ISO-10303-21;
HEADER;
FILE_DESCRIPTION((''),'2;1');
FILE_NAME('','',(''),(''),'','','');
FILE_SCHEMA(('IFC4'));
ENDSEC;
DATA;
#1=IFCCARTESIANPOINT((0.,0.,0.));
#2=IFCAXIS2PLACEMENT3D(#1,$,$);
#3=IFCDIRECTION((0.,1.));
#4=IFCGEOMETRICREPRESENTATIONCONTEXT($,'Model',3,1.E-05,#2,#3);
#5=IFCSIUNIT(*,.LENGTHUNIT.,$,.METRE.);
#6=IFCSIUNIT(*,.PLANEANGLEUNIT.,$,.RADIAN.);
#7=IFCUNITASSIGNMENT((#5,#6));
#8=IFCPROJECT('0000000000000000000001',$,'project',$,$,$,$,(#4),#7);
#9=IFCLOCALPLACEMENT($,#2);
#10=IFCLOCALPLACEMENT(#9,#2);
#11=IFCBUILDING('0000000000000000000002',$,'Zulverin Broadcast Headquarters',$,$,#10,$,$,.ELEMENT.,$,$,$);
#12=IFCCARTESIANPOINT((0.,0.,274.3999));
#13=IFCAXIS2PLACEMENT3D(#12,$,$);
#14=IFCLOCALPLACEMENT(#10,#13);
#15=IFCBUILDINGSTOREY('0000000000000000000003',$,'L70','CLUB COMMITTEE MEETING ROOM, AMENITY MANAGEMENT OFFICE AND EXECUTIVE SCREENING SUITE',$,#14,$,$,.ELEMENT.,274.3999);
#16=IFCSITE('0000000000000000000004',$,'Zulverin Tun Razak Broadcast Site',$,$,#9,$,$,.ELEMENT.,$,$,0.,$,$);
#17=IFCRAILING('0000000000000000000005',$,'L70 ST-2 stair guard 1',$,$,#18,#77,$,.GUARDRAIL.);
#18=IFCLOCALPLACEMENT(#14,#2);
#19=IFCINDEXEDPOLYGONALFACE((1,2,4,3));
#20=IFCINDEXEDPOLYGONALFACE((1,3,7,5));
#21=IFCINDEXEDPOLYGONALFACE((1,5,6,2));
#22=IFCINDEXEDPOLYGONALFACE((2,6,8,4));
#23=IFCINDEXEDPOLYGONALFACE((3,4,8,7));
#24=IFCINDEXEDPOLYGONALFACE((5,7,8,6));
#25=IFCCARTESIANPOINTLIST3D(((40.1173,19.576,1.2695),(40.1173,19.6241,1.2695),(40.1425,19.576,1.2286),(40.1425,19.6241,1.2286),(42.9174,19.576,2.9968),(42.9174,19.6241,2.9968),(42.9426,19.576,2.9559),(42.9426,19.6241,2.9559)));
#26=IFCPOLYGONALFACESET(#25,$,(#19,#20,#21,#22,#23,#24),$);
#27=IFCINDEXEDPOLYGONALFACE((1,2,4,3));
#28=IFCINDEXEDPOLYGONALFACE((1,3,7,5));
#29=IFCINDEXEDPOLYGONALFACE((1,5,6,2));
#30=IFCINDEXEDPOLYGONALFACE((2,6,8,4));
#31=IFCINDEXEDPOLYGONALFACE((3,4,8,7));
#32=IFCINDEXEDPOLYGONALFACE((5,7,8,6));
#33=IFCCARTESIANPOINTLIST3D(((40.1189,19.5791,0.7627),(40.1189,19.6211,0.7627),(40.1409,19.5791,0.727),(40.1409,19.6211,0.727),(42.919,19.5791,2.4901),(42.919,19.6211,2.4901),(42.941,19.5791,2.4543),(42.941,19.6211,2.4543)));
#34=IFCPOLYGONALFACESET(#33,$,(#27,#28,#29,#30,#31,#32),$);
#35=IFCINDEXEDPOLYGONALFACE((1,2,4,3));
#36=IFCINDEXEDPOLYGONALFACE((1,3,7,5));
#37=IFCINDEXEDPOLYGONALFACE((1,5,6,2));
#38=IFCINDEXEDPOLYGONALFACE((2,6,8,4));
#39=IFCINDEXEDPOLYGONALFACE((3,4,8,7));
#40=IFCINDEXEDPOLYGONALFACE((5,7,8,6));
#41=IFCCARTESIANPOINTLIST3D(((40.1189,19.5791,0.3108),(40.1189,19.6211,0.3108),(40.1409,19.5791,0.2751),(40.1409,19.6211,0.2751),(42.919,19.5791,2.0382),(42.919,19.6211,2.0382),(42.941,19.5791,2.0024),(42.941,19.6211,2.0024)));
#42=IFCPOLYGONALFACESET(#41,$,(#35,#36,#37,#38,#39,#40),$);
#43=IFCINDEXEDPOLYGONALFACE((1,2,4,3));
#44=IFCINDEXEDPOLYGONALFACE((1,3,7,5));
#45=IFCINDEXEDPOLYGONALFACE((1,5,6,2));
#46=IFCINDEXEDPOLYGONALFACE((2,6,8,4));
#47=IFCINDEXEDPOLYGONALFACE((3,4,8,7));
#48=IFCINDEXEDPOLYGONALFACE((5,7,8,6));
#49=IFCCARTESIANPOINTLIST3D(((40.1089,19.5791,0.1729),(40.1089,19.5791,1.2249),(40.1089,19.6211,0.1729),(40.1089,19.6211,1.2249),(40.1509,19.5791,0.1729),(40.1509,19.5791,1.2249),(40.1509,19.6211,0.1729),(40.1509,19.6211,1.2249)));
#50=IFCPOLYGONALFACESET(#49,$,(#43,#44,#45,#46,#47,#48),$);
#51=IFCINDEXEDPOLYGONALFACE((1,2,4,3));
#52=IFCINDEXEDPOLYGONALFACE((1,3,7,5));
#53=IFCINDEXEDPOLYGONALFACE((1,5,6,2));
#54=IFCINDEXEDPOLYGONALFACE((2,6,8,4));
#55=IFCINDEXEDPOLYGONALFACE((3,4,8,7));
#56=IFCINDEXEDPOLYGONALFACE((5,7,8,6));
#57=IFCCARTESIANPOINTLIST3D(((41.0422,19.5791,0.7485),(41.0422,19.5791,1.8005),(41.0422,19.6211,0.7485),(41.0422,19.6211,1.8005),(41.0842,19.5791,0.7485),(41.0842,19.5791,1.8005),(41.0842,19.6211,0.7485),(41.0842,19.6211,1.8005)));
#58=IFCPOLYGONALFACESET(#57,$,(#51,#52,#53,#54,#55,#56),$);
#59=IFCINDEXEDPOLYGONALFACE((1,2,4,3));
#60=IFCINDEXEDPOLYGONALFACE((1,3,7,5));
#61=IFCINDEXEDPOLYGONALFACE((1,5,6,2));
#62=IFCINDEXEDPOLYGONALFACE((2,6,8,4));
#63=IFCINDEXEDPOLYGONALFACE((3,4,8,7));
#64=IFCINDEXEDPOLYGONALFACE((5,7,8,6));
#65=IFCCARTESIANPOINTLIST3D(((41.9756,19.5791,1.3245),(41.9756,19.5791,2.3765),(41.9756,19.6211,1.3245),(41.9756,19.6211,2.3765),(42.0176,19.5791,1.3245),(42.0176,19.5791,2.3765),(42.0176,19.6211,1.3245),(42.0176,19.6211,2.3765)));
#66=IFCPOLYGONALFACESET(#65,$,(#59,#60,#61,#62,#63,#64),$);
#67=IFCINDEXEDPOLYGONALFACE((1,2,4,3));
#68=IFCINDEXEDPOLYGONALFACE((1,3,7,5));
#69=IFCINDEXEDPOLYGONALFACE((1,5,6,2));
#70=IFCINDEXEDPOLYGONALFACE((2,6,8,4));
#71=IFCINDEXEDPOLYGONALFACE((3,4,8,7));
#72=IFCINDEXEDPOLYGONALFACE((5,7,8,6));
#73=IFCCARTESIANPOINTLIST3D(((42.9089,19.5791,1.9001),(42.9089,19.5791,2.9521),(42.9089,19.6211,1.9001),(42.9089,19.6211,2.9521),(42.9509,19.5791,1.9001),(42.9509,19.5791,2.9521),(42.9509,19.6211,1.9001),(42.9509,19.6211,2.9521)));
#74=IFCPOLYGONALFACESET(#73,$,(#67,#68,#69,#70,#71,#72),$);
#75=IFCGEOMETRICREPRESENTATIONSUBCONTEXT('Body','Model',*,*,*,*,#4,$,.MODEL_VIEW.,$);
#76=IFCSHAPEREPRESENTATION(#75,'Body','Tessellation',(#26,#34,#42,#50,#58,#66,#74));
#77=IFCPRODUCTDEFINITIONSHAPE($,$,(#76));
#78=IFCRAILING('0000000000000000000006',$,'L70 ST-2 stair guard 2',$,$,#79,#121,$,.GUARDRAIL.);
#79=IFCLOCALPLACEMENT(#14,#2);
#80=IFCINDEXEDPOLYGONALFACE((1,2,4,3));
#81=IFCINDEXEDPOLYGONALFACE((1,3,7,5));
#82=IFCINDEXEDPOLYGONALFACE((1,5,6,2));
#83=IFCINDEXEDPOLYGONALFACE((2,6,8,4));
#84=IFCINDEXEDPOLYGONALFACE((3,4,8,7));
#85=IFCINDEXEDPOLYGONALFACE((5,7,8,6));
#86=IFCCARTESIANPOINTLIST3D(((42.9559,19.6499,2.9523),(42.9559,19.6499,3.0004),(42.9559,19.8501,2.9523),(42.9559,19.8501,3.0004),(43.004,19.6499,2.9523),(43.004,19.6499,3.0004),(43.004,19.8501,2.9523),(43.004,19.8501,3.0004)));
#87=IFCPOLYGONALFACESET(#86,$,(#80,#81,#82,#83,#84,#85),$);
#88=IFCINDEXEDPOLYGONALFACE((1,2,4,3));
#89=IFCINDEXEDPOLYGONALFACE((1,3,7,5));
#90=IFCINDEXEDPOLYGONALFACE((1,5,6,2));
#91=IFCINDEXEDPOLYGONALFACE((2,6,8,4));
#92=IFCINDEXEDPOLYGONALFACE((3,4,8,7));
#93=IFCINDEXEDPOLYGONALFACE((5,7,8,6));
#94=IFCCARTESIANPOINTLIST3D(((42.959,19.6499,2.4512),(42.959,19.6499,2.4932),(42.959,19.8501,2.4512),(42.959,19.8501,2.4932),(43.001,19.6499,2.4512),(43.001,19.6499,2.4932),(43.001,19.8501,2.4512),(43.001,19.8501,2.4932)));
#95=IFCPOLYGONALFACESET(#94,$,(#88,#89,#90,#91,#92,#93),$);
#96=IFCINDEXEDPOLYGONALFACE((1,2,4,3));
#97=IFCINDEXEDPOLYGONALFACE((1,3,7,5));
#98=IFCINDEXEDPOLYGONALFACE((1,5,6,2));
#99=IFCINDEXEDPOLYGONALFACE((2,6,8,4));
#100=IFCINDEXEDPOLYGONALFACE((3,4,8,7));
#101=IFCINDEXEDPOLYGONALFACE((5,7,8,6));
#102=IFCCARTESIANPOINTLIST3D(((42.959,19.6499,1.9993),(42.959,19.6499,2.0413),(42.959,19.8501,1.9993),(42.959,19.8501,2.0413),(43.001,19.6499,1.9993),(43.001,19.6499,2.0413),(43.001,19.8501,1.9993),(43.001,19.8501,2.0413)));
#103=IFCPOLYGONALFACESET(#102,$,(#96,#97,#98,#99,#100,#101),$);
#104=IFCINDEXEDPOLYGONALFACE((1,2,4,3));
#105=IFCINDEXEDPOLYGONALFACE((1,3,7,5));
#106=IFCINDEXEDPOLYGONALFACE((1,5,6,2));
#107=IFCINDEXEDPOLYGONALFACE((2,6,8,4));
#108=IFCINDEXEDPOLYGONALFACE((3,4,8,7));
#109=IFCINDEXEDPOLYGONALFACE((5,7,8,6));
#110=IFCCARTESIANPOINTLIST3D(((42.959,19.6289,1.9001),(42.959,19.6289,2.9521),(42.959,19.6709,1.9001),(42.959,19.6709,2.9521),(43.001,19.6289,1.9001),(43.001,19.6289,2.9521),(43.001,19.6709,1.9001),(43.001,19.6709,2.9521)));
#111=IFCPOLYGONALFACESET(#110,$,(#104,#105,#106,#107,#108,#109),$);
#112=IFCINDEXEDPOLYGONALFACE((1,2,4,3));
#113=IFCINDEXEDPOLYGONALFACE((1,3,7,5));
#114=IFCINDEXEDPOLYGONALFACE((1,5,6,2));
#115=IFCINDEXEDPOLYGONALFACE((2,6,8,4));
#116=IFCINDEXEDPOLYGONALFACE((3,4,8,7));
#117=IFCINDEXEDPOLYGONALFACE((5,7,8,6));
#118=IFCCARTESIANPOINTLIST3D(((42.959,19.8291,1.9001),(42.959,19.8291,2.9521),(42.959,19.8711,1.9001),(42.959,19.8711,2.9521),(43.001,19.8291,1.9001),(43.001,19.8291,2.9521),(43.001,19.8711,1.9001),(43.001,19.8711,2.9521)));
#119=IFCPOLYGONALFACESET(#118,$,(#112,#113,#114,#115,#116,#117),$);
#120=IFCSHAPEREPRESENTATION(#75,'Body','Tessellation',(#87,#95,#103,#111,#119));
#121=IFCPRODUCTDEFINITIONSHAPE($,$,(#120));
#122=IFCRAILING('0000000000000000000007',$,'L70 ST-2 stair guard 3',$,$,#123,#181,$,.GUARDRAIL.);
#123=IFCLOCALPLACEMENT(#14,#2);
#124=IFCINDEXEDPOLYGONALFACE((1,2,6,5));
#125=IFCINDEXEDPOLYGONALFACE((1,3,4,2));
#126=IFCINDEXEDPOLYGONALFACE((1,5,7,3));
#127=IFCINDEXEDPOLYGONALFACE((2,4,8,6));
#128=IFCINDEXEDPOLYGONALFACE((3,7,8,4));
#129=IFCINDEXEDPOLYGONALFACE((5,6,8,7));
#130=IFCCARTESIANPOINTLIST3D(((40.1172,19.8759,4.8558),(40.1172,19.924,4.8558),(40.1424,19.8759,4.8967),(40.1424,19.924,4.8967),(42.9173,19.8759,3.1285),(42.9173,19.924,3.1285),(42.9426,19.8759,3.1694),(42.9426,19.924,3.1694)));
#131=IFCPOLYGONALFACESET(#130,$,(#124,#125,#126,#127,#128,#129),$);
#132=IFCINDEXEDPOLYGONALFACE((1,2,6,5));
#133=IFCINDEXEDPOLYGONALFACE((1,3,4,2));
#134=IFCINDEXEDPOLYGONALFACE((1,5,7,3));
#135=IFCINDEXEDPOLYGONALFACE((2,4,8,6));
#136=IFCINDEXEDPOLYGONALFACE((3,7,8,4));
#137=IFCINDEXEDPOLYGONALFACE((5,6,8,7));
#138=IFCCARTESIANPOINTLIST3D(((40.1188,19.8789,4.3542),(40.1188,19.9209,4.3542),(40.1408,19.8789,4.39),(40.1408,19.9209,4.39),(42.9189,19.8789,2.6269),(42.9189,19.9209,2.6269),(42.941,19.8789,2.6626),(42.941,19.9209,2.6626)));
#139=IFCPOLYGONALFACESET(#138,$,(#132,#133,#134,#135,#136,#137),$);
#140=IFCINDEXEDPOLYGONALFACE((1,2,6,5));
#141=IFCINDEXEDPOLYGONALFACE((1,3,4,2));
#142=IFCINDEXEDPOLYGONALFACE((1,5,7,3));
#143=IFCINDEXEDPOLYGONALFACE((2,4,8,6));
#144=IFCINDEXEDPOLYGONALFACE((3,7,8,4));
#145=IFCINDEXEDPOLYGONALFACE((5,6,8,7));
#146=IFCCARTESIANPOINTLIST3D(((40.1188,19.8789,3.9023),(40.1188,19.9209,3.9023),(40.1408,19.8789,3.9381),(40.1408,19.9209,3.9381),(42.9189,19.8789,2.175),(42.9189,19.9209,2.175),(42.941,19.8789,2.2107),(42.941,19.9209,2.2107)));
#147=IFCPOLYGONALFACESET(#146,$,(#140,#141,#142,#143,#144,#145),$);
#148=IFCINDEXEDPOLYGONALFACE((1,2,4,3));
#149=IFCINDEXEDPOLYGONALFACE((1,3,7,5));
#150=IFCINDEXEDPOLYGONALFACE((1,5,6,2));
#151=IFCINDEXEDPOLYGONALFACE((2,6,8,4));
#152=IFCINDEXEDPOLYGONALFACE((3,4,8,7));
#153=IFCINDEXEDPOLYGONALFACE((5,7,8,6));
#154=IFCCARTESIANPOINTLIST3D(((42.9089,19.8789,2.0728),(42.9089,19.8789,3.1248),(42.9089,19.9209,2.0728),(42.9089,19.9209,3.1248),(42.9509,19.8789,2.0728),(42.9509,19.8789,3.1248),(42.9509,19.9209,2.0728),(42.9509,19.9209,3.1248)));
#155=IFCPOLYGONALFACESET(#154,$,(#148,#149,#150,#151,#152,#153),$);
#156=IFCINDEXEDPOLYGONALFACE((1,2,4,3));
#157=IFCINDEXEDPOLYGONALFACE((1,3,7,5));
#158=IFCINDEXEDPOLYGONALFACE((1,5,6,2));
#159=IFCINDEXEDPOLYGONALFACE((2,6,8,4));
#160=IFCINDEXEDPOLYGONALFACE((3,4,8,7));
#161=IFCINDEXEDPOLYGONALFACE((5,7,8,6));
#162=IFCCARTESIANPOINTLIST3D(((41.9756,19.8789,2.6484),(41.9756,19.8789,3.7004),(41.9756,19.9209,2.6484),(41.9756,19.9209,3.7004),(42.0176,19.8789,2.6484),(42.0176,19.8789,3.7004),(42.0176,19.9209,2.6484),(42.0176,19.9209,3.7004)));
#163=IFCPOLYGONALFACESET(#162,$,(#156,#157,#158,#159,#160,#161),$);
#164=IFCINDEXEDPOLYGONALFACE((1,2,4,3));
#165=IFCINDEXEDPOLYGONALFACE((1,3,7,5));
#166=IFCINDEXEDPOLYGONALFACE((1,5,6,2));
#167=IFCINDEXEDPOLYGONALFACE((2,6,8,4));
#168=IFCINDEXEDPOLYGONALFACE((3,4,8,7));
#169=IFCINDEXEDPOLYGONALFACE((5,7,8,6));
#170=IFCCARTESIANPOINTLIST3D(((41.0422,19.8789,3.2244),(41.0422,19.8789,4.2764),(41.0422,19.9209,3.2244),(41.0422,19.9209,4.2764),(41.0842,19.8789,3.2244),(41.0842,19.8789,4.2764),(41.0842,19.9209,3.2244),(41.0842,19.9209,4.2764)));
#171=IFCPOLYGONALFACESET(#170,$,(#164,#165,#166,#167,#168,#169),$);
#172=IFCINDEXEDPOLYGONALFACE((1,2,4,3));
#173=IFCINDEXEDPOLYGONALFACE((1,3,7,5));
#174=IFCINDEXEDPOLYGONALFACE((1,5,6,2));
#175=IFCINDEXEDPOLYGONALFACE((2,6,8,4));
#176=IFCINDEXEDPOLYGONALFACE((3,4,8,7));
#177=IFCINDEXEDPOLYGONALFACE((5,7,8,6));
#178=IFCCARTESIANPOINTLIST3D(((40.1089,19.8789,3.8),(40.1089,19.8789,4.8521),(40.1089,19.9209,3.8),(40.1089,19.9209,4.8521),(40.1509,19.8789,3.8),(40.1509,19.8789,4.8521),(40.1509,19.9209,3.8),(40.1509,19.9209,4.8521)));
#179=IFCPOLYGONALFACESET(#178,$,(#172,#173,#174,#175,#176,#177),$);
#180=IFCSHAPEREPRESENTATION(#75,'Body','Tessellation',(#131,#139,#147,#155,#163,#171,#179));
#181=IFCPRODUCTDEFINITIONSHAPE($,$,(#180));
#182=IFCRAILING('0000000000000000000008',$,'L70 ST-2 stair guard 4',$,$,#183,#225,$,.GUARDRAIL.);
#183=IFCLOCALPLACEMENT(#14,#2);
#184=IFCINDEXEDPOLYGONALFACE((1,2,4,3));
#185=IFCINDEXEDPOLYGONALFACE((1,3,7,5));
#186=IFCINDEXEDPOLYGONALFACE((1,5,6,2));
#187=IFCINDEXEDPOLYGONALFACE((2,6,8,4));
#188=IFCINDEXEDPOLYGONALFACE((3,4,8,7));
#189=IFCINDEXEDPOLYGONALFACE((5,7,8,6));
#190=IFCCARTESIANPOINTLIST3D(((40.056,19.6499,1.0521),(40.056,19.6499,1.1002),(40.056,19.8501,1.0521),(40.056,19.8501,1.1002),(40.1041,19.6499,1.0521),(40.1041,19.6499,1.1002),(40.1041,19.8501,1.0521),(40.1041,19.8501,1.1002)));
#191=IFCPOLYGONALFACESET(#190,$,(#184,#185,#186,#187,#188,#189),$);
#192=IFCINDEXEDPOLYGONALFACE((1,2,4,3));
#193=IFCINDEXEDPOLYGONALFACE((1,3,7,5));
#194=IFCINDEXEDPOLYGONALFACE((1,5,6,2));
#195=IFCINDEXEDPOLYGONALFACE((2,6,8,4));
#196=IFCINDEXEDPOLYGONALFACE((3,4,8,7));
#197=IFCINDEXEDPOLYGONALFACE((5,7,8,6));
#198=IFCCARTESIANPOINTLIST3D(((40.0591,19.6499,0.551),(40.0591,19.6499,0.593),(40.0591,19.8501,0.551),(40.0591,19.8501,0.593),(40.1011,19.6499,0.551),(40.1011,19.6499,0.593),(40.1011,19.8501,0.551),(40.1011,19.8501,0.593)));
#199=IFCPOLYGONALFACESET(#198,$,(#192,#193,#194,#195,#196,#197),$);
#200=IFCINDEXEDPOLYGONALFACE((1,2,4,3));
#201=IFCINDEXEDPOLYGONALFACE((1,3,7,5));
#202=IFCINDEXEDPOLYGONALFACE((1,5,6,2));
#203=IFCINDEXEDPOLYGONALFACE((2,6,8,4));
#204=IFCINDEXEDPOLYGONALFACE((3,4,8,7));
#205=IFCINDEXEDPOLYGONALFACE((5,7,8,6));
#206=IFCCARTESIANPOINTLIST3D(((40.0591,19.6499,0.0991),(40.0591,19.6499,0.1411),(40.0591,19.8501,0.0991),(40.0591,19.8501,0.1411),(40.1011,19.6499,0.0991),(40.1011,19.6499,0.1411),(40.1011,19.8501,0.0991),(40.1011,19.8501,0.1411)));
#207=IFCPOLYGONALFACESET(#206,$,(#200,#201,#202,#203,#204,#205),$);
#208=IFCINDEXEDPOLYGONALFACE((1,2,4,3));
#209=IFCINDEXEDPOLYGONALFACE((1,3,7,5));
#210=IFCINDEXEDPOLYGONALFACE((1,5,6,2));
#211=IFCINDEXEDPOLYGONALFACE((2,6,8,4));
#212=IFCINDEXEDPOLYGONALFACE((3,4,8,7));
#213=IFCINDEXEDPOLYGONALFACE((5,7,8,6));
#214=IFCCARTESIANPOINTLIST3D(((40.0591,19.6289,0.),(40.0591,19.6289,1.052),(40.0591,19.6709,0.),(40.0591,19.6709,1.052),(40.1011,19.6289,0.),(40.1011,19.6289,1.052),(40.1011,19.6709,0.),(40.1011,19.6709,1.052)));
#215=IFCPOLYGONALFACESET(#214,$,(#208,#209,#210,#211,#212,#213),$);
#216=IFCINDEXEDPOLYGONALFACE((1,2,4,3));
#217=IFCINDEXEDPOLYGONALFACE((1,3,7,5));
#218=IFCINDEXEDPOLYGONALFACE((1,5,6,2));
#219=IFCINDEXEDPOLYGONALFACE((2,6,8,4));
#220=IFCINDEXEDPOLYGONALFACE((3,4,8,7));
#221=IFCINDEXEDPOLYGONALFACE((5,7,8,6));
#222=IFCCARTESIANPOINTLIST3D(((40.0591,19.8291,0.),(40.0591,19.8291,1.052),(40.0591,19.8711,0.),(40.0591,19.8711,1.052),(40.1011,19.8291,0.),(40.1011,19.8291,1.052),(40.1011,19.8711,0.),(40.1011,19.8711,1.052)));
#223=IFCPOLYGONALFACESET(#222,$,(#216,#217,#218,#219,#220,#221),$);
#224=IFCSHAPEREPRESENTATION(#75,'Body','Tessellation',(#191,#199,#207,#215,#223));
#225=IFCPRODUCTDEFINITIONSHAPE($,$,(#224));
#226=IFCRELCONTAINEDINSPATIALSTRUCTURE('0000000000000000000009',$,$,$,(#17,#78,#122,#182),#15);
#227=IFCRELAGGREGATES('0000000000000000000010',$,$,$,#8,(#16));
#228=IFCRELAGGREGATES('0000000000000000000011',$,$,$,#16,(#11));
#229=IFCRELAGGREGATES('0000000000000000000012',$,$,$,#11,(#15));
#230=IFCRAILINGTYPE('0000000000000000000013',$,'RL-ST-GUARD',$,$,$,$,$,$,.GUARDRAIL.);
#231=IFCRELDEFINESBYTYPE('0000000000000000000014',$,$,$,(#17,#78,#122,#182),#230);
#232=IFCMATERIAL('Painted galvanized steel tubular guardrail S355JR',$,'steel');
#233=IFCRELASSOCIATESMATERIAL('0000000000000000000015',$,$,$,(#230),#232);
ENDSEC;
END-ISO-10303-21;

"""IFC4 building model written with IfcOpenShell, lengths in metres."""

from ifc_helpers import new_model, si_unit, direction, frame, origin, origin_2d, place, context, subcontext, project, spatial, rectangle, extrude, material, type_object, element, save


model = new_model("IFC4")

# Units and contexts
model_context = context("Model", 3, precision=1e-05, world=origin(), true_north=direction((0.0, 1.0)))
body_context = subcontext(model_context, "Body", "Model", "MODEL_VIEW")
ifc_project = project(units=[si_unit("LENGTHUNIT", "METRE"), si_unit("PLANEANGLEUNIT", "RADIAN")], contexts=[model_context])

# Site, building, storey
site_placement = place(None, origin())
site = spatial("IfcSite", under=ifc_project, at=site_placement, Name="Zulverin Tun Razak Broadcast Site", CompositionType="ELEMENT", RefElevation=0.0)
building_placement = place(site_placement, origin())
building = spatial("IfcBuilding", under=site, at=building_placement, Name="Zulverin Broadcast Headquarters", CompositionType="ELEMENT")
storey_placement = place(building_placement, frame((0.0, 0.0, 274.3999)))
storey = spatial("IfcBuildingStorey", under=building, at=storey_placement, Name="L70", Description="CLUB COMMITTEE MEETING ROOM, AMENITY MANAGEMENT OFFICE AND EXECUTIVE SCREENING SUITE", CompositionType="ELEMENT", Elevation=274.3999)

# Railings
ifc_material_1 = material(Name="Painted galvanized steel tubular guardrail S355JR", Category="steel")
railing_type_1 = type_object("IfcRailingType", Name="RL-ST-GUARD", PredefinedType="GUARDRAIL", material=ifc_material_1)
railing_1_placement = place(storey_placement, frame((40.1299, 19.6001, 0.1729)))
element("IfcRailing", 1, at=railing_1_placement, inside=storey, type_object=railing_type_1, Name="L70 ST-2 stair guard 1", PredefinedType="GUARDRAIL", context=body_context, shape_type="SweptSolid", body=[
    extrude(rectangle(XDim=0.0481, YDim=0.0481, at=origin_2d()), frame((0.0, 0.0, 1.0762), z_axis=(0.85109, 0.0, 0.52502), x_axis=(0.0, 1.0, 0.0)), (0.0, 0.0, 1.0), 3.29),
    extrude(rectangle(XDim=0.042, YDim=0.042, at=origin_2d()), frame((0.0, 0.0, 0.572), z_axis=(0.85109, 0.0, 0.52502), x_axis=(0.0, 1.0, 0.0)), (0.0, 0.0, 1.0), 3.29),
    extrude(rectangle(XDim=0.042, YDim=0.042, at=origin_2d()), frame((0.0, 0.0, 0.1201), z_axis=(0.85109, 0.0, 0.52502), x_axis=(0.0, 1.0, 0.0)), (0.0, 0.0, 1.0), 3.29),
    extrude(rectangle(XDim=0.042, YDim=0.042, at=origin_2d()), origin(), (0.0, 0.0, 1.0), 1.052),
    extrude(rectangle(XDim=0.042, YDim=0.042, at=origin_2d()), frame((0.9333, 0.0, 0.5757)), (0.0, 0.0, 1.0), 1.052),
    extrude(rectangle(XDim=0.042, YDim=0.042, at=origin_2d()), frame((1.8667, 0.0, 1.1516)), (0.0, 0.0, 1.0), 1.052),
    extrude(rectangle(XDim=0.042, YDim=0.042, at=origin_2d()), frame((2.8, 0.0, 1.7273)), (0.0, 0.0, 1.0), 1.052),
])
railing_2_placement = place(storey_placement, frame((42.98, 19.6499, 1.9001)))
element("IfcRailing", 2, at=railing_2_placement, inside=storey, type_object=railing_type_1, Name="L70 ST-2 stair guard 2", PredefinedType="GUARDRAIL", context=body_context, shape_type="SweptSolid", body=[
    extrude(rectangle(XDim=0.0481, YDim=0.0481, at=origin_2d()), frame((0.0, 0.0, 1.0762), z_axis=(0.0, 1.0, 0.0), x_axis=(-1.0, 0.0, 0.0)), (0.0, 0.0, 1.0), 0.2002),
    extrude(rectangle(XDim=0.042, YDim=0.042, at=origin_2d()), frame((0.0, 0.0, 0.572), z_axis=(0.0, 1.0, 0.0), x_axis=(-1.0, 0.0, 0.0)), (0.0, 0.0, 1.0), 0.2002),
    extrude(rectangle(XDim=0.042, YDim=0.042, at=origin_2d()), frame((0.0, 0.0, 0.1201), z_axis=(0.0, 1.0, 0.0), x_axis=(-1.0, 0.0, 0.0)), (0.0, 0.0, 1.0), 0.2002),
    extrude(rectangle(XDim=0.042, YDim=0.042, at=origin_2d()), origin(), (0.0, 0.0, 1.0), 1.052),
    extrude(rectangle(XDim=0.042, YDim=0.042, at=origin_2d()), frame((0.0, 0.2002, 0.0)), (0.0, 0.0, 1.0), 1.052),
])
railing_3_placement = place(storey_placement, frame((42.9299, 19.8999, 2.0728)))
element("IfcRailing", 3, at=railing_3_placement, inside=storey, type_object=railing_type_1, Name="L70 ST-2 stair guard 3", PredefinedType="GUARDRAIL", context=body_context, shape_type="SweptSolid", body=[
    extrude(rectangle(XDim=0.0481, YDim=0.0481, at=origin_2d()), frame((0.0, 0.0, 1.0762), z_axis=(-0.85109, 0.0, 0.52502), x_axis=(0.0, -1.0, 0.0)), (0.0, 0.0, 1.0), 3.29),
    extrude(rectangle(XDim=0.042, YDim=0.042, at=origin_2d()), frame((0.0, 0.0, 0.572), z_axis=(-0.85109, 0.0, 0.52502), x_axis=(0.0, -1.0, 0.0)), (0.0, 0.0, 1.0), 3.29),
    extrude(rectangle(XDim=0.042, YDim=0.042, at=origin_2d()), frame((0.0, 0.0, 0.1201), z_axis=(-0.85109, 0.0, 0.52502), x_axis=(0.0, -1.0, 0.0)), (0.0, 0.0, 1.0), 3.29),
    extrude(rectangle(XDim=0.042, YDim=0.042, at=origin_2d()), origin(), (0.0, 0.0, 1.0), 1.052),
    extrude(rectangle(XDim=0.042, YDim=0.042, at=origin_2d()), frame((-0.9333, 0.0, 0.5757)), (0.0, 0.0, 1.0), 1.052),
    extrude(rectangle(XDim=0.042, YDim=0.042, at=origin_2d()), frame((-1.8667, 0.0, 1.1516)), (0.0, 0.0, 1.0), 1.052),
    extrude(rectangle(XDim=0.042, YDim=0.042, at=origin_2d()), frame((-2.8, 0.0, 1.7273)), (0.0, 0.0, 1.0), 1.052),
])
railing_4_placement = place(storey_placement, frame((40.0801, 19.6499, 0.0)))
element("IfcRailing", 4, at=railing_4_placement, inside=storey, type_object=railing_type_1, Name="L70 ST-2 stair guard 4", PredefinedType="GUARDRAIL", context=body_context, shape_type="SweptSolid", body=[
    extrude(rectangle(XDim=0.0481, YDim=0.0481, at=origin_2d()), frame((0.0, 0.0, 1.0762), z_axis=(0.0, 1.0, 0.0), x_axis=(-1.0, 0.0, 0.0)), (0.0, 0.0, 1.0), 0.2002),
    extrude(rectangle(XDim=0.042, YDim=0.042, at=origin_2d()), frame((0.0, 0.0, 0.572), z_axis=(0.0, 1.0, 0.0), x_axis=(-1.0, 0.0, 0.0)), (0.0, 0.0, 1.0), 0.2002),
    extrude(rectangle(XDim=0.042, YDim=0.042, at=origin_2d()), frame((0.0, 0.0, 0.1201), z_axis=(0.0, 1.0, 0.0), x_axis=(-1.0, 0.0, 0.0)), (0.0, 0.0, 1.0), 0.2002),
    extrude(rectangle(XDim=0.042, YDim=0.042, at=origin_2d()), origin(), (0.0, 0.0, 1.0), 1.052),
    extrude(rectangle(XDim=0.042, YDim=0.042, at=origin_2d()), frame((0.0, 0.2002, 0.0)), (0.0, 0.0, 1.0), 1.052),
])

save(model, "model.ifc")
